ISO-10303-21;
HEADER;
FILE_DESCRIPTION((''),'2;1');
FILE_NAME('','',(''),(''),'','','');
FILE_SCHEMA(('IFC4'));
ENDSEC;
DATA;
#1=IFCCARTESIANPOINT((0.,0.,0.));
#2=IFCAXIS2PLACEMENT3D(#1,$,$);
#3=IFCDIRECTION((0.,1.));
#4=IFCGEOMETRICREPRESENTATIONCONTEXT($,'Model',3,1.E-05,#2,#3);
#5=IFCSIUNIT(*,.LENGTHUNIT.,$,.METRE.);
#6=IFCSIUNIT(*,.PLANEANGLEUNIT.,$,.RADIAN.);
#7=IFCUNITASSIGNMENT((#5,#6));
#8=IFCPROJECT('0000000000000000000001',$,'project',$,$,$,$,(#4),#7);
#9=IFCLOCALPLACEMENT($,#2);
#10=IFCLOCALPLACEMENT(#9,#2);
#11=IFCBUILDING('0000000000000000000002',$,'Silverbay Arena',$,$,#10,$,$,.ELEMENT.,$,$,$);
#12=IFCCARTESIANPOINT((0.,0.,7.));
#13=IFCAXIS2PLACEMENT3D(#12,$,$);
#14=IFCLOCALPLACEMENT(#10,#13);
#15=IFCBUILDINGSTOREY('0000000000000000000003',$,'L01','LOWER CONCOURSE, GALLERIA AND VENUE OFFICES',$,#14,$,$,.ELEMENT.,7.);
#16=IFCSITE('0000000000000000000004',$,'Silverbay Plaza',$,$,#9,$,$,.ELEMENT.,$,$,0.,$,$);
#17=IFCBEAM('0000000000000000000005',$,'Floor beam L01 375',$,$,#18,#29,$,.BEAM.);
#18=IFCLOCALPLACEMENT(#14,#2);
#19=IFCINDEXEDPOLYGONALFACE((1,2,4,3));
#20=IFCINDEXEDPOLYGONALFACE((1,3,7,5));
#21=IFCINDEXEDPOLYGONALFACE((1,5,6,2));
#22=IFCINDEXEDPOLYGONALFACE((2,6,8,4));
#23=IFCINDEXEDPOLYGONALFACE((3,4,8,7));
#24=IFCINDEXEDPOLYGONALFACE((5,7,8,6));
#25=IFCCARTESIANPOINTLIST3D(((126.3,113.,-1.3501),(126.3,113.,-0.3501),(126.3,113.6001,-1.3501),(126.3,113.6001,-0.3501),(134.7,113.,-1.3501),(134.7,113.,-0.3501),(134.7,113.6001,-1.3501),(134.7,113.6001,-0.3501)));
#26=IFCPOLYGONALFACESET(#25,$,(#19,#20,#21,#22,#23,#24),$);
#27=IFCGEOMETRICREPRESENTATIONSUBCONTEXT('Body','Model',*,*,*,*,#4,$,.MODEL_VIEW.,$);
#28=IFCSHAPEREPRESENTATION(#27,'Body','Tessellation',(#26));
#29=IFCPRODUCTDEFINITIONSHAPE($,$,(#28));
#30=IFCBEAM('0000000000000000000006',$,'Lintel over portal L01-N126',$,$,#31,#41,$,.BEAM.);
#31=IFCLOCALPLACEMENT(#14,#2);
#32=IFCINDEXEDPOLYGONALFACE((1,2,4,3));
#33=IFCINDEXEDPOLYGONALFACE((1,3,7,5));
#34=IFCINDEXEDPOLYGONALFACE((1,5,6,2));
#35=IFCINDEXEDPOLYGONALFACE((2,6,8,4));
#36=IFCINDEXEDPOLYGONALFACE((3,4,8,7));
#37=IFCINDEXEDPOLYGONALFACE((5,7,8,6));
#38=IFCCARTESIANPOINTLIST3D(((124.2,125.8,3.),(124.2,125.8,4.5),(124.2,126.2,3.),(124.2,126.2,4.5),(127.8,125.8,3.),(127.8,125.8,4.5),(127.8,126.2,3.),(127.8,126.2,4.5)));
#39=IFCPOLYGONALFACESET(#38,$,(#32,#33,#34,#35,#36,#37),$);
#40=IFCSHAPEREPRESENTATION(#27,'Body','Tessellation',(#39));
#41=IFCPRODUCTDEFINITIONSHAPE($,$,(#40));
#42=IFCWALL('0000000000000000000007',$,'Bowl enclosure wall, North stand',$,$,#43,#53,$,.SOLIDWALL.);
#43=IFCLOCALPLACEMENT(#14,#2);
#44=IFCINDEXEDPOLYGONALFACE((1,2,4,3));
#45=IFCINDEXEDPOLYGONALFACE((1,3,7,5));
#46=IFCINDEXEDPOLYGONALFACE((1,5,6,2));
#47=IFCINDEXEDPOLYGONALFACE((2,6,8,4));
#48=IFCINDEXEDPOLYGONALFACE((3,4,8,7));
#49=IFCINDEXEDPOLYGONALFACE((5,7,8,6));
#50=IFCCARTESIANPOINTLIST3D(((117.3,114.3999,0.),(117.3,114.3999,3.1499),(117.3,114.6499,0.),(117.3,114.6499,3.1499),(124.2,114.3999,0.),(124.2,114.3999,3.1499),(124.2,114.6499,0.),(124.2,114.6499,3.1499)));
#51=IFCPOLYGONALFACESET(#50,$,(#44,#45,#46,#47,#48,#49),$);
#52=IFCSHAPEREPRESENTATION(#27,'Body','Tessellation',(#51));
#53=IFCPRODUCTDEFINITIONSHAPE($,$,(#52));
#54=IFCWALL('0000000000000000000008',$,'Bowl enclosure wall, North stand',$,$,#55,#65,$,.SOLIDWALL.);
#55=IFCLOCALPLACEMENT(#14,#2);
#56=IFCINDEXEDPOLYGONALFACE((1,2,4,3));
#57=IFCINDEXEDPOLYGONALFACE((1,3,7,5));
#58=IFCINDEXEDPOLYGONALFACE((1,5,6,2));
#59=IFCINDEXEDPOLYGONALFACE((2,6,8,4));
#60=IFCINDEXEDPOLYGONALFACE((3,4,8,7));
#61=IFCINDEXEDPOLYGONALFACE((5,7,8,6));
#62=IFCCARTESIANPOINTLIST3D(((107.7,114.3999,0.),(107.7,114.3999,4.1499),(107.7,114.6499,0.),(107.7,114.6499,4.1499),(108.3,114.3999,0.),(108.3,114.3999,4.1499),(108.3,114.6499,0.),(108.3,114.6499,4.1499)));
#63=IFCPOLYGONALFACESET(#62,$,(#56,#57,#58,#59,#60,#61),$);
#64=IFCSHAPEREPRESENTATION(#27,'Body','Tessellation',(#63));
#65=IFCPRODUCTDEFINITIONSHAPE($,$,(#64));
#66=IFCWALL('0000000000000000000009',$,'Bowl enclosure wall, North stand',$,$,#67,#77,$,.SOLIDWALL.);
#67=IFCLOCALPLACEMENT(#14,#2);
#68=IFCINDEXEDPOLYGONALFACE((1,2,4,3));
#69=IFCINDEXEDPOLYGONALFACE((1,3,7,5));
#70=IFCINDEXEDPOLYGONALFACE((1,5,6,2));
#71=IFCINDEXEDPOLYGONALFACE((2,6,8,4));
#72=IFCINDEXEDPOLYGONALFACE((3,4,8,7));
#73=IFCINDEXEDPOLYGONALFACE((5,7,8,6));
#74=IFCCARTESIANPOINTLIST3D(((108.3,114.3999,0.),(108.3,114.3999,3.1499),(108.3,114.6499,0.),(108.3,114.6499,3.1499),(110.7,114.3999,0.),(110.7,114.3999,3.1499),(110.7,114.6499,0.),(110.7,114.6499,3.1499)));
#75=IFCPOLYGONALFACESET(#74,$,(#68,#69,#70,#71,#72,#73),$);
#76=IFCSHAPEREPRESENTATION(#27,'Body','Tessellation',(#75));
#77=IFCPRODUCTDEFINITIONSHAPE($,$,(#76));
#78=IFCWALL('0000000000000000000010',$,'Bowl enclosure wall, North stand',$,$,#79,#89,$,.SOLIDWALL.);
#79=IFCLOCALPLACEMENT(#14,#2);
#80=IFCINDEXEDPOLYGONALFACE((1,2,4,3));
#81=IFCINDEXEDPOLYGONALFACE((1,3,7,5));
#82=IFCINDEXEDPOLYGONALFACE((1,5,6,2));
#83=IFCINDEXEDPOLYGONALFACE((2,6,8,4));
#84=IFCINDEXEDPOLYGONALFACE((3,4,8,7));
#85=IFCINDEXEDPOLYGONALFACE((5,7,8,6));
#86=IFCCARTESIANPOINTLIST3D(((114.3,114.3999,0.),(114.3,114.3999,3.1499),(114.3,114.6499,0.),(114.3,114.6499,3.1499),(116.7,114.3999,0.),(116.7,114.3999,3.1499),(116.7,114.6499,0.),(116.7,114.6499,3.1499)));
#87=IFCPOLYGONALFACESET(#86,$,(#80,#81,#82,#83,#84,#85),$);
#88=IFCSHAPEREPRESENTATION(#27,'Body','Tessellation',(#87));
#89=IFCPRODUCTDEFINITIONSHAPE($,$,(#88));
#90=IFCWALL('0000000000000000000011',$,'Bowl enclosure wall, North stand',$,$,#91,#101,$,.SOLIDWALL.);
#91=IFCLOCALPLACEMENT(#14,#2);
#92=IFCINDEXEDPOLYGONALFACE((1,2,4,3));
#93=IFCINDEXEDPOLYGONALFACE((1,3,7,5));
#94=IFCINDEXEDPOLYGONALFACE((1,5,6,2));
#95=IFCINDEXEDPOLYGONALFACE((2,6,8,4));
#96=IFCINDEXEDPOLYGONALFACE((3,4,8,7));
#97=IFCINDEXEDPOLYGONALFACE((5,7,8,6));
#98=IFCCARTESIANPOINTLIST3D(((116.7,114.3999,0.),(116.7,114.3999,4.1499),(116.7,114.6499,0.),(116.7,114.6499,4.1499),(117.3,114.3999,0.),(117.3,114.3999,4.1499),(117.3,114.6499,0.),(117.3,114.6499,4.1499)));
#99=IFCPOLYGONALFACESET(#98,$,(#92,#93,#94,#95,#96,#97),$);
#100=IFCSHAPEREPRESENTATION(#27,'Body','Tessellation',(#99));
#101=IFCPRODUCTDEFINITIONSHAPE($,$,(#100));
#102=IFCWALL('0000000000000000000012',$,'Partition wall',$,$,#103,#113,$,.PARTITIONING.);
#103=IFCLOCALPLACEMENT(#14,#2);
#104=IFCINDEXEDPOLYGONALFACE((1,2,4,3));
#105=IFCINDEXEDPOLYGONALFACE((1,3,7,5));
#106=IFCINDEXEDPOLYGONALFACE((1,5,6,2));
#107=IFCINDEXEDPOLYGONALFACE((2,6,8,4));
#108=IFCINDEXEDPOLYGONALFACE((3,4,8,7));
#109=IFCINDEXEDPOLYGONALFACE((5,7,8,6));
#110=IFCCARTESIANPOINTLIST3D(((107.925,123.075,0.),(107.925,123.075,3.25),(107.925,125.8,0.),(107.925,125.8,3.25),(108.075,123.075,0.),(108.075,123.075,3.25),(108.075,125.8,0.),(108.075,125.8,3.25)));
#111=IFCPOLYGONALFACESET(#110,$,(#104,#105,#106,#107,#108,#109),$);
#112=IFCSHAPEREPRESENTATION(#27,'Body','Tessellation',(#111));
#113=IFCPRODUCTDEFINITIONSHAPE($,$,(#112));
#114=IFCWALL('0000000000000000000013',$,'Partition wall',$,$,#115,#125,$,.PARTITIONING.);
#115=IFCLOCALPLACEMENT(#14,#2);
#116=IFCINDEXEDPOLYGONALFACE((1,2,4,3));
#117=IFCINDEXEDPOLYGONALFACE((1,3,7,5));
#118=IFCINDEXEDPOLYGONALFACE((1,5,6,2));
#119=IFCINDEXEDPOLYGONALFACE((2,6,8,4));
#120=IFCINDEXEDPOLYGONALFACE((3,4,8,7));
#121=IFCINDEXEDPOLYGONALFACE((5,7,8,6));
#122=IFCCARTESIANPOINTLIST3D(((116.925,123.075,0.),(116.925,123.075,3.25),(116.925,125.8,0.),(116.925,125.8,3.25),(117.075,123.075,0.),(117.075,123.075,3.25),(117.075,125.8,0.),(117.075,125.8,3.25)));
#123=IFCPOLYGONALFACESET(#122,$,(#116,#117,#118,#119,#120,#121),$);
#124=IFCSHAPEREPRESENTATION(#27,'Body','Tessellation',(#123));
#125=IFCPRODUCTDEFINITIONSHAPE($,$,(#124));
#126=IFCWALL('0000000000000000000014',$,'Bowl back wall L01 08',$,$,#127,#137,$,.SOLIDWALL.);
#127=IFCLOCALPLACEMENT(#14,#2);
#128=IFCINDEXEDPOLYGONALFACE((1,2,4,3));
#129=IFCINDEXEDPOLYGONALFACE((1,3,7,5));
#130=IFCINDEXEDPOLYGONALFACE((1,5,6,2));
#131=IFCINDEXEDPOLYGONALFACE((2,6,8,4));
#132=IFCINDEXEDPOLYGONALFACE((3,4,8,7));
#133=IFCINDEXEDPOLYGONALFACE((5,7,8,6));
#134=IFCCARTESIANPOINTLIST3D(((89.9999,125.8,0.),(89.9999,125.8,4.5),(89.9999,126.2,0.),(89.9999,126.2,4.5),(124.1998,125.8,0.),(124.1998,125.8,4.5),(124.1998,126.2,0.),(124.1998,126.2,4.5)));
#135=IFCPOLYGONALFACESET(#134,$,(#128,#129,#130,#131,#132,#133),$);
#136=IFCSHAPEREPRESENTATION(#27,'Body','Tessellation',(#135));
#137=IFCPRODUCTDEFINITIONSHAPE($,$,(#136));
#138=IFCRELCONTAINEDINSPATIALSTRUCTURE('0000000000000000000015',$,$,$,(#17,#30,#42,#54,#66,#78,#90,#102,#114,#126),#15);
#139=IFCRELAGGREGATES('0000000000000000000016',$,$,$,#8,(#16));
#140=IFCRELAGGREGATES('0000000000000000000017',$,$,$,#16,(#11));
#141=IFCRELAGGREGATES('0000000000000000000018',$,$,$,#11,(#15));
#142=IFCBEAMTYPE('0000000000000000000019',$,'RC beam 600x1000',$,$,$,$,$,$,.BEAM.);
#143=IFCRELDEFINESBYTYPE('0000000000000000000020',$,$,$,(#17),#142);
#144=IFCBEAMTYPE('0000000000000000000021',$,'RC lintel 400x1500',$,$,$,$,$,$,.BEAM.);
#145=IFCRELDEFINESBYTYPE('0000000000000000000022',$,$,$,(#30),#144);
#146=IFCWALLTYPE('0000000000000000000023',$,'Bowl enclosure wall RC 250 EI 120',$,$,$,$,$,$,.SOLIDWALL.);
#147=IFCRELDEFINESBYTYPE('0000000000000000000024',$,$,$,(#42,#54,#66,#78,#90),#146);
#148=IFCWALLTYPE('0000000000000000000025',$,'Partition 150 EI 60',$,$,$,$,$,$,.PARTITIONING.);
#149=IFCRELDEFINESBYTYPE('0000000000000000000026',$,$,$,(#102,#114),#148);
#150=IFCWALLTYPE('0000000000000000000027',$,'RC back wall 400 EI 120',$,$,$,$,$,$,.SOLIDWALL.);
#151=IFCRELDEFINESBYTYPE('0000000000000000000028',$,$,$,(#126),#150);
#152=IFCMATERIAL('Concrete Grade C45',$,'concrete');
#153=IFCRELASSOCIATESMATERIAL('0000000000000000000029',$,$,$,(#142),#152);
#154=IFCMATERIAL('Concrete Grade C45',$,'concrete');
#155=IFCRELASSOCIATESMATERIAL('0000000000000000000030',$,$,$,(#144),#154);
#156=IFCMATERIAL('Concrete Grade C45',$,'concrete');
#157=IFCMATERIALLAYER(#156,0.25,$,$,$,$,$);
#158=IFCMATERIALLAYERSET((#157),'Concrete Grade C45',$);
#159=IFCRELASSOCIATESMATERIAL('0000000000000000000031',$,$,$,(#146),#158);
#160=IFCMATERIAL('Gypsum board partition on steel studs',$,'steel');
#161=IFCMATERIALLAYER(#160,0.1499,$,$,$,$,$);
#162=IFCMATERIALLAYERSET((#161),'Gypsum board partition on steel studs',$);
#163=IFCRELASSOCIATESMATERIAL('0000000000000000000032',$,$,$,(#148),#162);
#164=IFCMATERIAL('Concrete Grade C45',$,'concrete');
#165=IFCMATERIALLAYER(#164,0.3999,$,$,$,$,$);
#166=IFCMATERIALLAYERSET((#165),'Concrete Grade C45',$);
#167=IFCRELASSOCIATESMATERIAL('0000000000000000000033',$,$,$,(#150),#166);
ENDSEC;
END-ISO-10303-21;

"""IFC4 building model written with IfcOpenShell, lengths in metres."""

from ifc_helpers import new_model, si_unit, direction, frame, frame_2d, origin, origin_2d, place, context, subcontext, project, spatial, rectangle, extrude, material, layer, layer_set, material_profile, profile_set, type_object, element, save


model = new_model("IFC4")

# Units and contexts
model_context = context("Model", 3, precision=1e-05, world=origin(), true_north=direction((0.0, 1.0)))
body_context = subcontext(model_context, "Body", "Model", "MODEL_VIEW")
ifc_project = project(units=[si_unit("LENGTHUNIT", "METRE"), si_unit("PLANEANGLEUNIT", "RADIAN")], contexts=[model_context])

# Site, building, storey
site_placement = place(None, origin())
site = spatial("IfcSite", under=ifc_project, at=site_placement, Name="Silverbay Plaza", CompositionType="ELEMENT", RefElevation=0.0)
building_placement = place(site_placement, origin())
building = spatial("IfcBuilding", under=site, at=building_placement, Name="Silverbay Arena", CompositionType="ELEMENT")
storey_placement = place(building_placement, frame((0.0, 0.0, 7.0)))
storey = spatial("IfcBuildingStorey", under=building, at=storey_placement, Name="L01", Description="LOWER CONCOURSE, GALLERIA AND VENUE OFFICES", CompositionType="ELEMENT", Elevation=7.0)

# Beams
ifc_material_1 = material(Name="Concrete Grade C45", Category="concrete")
ifc_material_profile_1 = material_profile(ifc_material_1, rectangle(XDim=0.6001, YDim=1.0, at=origin_2d()), Name="RC 600x1000")
ifc_profile_set_1 = profile_set([ifc_material_profile_1], Name="Concrete Grade C45")
beam_type_1 = type_object("IfcBeamType", Name="RC beam 600x1000", PredefinedType="BEAM", material=ifc_profile_set_1)
for number, where, z_axis, x_axis, name in (
    (1, (126.3, 113.3, -0.8501), (1.0, 0.0, 0.0), (0.0, 1.0, 0.0), "Floor beam L01 375"),
):
    element("IfcBeam", number, at=place(storey_placement, frame(where, z_axis=z_axis, x_axis=x_axis)), inside=storey, type_object=beam_type_1, Name=name, PredefinedType="BEAM", context=body_context, shape_type="SweptSolid", body=[
        extrude(rectangle(XDim=0.6001, YDim=1.0, at=origin_2d()), origin(), (0.0, 0.0, 1.0), 8.3999),
    ])
ifc_material_2 = material(Name="Concrete Grade C45", Category="concrete")
ifc_material_profile_2 = material_profile(ifc_material_2, rectangle(XDim=0.3999, YDim=1.5, at=origin_2d()), Name="RC 400x1500")
ifc_profile_set_2 = profile_set([ifc_material_profile_2], Name="Concrete Grade C45")
beam_type_2 = type_object("IfcBeamType", Name="RC lintel 400x1500", PredefinedType="BEAM", material=ifc_profile_set_2)
beam_1_placement = place(storey_placement, frame((124.2, 126.0, 3.75), z_axis=(1.0, 0.0, 0.0), x_axis=(0.0, 1.0, 0.0)))
element("IfcBeam", 2, at=beam_1_placement, inside=storey, type_object=beam_type_2, Name="Lintel over portal L01-N126", PredefinedType="BEAM", context=body_context, shape_type="SweptSolid", body=[
    extrude(rectangle(XDim=0.3999, YDim=1.5, at=origin_2d()), origin(), (0.0, 0.0, 1.0), 3.6001),
])

# Shared definitions
ifc_material_3 = material(Name="Concrete Grade C45", Category="concrete")
ifc_layer_1 = layer(ifc_material_3, 0.25)
ifc_layer_set_1 = layer_set([ifc_layer_1], Name="Concrete Grade C45")
wall_type_1 = type_object("IfcWallType", Name="Bowl enclosure wall RC 250 EI 120", PredefinedType="SOLIDWALL", material=ifc_layer_set_1)

# Walls
wall_1_placement = place(storey_placement, frame((117.3, 114.5249, 0.0), z_axis=(0.0, 0.0, 1.0), x_axis=(1.0, 0.0, 0.0)))
element("IfcWall", 3, at=wall_1_placement, inside=storey, type_object=wall_type_1, Name="Bowl enclosure wall, North stand", PredefinedType="SOLIDWALL", context=body_context, shape_type="SweptSolid", body=[
    extrude(rectangle(XDim=6.8999, YDim=0.25, at=frame_2d((3.45, 0.0))), origin(), (0.0, 0.0, 1.0), 3.1499),
])
wall_2_placement = place(storey_placement, frame((107.7, 114.5249, 0.0), z_axis=(0.0, 0.0, 1.0), x_axis=(1.0, 0.0, 0.0)))
element("IfcWall", 4, at=wall_2_placement, inside=storey, type_object=wall_type_1, Name="Bowl enclosure wall, North stand", PredefinedType="SOLIDWALL", context=body_context, shape_type="SweptSolid", body=[
    extrude(rectangle(XDim=0.6001, YDim=0.25, at=frame_2d((0.3, 0.0))), origin(), (0.0, 0.0, 1.0), 4.1499),
])
for number, where, z_axis, x_axis, name in (
    (5, (108.3, 114.5249, 0.0), (0.0, 0.0, 1.0), (1.0, 0.0, 0.0), "Bowl enclosure wall, North stand"),
    (6, (114.3, 114.5249, 0.0), (0.0, 0.0, 1.0), (1.0, 0.0, 0.0), "Bowl enclosure wall, North stand"),
):
    element("IfcWall", number, at=place(storey_placement, frame(where, z_axis=z_axis, x_axis=x_axis)), inside=storey, type_object=wall_type_1, Name=name, PredefinedType="SOLIDWALL", context=body_context, shape_type="SweptSolid", body=[
        extrude(rectangle(XDim=2.3999, YDim=0.25, at=frame_2d((1.2, 0.0))), origin(), (0.0, 0.0, 1.0), 3.1499),
    ])
wall_3_placement = place(storey_placement, frame((116.7, 114.5249, 0.0), z_axis=(0.0, 0.0, 1.0), x_axis=(1.0, 0.0, 0.0)))
element("IfcWall", 7, at=wall_3_placement, inside=storey, type_object=wall_type_1, Name="Bowl enclosure wall, North stand", PredefinedType="SOLIDWALL", context=body_context, shape_type="SweptSolid", body=[
    extrude(rectangle(XDim=0.6001, YDim=0.25, at=frame_2d((0.3, 0.0))), origin(), (0.0, 0.0, 1.0), 4.1499),
])

# Shared definitions
ifc_material_4 = material(Name="Gypsum board partition on steel studs", Category="steel")
ifc_layer_2 = layer(ifc_material_4, 0.1499)
ifc_layer_set_2 = layer_set([ifc_layer_2], Name="Gypsum board partition on steel studs")
wall_type_2 = type_object("IfcWallType", Name="Partition 150 EI 60", PredefinedType="PARTITIONING", material=ifc_layer_set_2)

# Walls
for number, where, z_axis, x_axis, name in (
    (8, (108.0, 123.075, 0.0), (0.0, 0.0, 1.0), (0.0, 1.0, 0.0), "Partition wall"),
    (9, (117.0, 123.075, 0.0), (0.0, 0.0, 1.0), (0.0, 1.0, 0.0), "Partition wall"),
):
    element("IfcWall", number, at=place(storey_placement, frame(where, z_axis=z_axis, x_axis=x_axis)), inside=storey, type_object=wall_type_2, Name=name, PredefinedType="PARTITIONING", context=body_context, shape_type="SweptSolid", body=[
        extrude(rectangle(XDim=2.7251, YDim=0.1499, at=frame_2d((1.3625, 0.0))), origin(), (0.0, 0.0, 1.0), 3.25),
    ])
ifc_material_5 = material(Name="Concrete Grade C45", Category="concrete")
ifc_layer_3 = layer(ifc_material_5, 0.3999)
ifc_layer_set_3 = layer_set([ifc_layer_3], Name="Concrete Grade C45")
wall_type_3 = type_object("IfcWallType", Name="RC back wall 400 EI 120", PredefinedType="SOLIDWALL", material=ifc_layer_set_3)
wall_4_placement = place(storey_placement, frame((124.2, 126.0, 0.0), z_axis=(0.0, 0.0, 1.0), x_axis=(-1.0, 0.0, 0.0)))
element("IfcWall", 10, at=wall_4_placement, inside=storey, type_object=wall_type_3, Name="Bowl back wall L01 08", PredefinedType="SOLIDWALL", context=body_context, shape_type="SweptSolid", body=[
    extrude(rectangle(XDim=34.2, YDim=0.3999, at=frame_2d((17.1001, 0.0))), origin(), (0.0, 0.0, 1.0), 4.5),
])

save(model, "model.ifc")
